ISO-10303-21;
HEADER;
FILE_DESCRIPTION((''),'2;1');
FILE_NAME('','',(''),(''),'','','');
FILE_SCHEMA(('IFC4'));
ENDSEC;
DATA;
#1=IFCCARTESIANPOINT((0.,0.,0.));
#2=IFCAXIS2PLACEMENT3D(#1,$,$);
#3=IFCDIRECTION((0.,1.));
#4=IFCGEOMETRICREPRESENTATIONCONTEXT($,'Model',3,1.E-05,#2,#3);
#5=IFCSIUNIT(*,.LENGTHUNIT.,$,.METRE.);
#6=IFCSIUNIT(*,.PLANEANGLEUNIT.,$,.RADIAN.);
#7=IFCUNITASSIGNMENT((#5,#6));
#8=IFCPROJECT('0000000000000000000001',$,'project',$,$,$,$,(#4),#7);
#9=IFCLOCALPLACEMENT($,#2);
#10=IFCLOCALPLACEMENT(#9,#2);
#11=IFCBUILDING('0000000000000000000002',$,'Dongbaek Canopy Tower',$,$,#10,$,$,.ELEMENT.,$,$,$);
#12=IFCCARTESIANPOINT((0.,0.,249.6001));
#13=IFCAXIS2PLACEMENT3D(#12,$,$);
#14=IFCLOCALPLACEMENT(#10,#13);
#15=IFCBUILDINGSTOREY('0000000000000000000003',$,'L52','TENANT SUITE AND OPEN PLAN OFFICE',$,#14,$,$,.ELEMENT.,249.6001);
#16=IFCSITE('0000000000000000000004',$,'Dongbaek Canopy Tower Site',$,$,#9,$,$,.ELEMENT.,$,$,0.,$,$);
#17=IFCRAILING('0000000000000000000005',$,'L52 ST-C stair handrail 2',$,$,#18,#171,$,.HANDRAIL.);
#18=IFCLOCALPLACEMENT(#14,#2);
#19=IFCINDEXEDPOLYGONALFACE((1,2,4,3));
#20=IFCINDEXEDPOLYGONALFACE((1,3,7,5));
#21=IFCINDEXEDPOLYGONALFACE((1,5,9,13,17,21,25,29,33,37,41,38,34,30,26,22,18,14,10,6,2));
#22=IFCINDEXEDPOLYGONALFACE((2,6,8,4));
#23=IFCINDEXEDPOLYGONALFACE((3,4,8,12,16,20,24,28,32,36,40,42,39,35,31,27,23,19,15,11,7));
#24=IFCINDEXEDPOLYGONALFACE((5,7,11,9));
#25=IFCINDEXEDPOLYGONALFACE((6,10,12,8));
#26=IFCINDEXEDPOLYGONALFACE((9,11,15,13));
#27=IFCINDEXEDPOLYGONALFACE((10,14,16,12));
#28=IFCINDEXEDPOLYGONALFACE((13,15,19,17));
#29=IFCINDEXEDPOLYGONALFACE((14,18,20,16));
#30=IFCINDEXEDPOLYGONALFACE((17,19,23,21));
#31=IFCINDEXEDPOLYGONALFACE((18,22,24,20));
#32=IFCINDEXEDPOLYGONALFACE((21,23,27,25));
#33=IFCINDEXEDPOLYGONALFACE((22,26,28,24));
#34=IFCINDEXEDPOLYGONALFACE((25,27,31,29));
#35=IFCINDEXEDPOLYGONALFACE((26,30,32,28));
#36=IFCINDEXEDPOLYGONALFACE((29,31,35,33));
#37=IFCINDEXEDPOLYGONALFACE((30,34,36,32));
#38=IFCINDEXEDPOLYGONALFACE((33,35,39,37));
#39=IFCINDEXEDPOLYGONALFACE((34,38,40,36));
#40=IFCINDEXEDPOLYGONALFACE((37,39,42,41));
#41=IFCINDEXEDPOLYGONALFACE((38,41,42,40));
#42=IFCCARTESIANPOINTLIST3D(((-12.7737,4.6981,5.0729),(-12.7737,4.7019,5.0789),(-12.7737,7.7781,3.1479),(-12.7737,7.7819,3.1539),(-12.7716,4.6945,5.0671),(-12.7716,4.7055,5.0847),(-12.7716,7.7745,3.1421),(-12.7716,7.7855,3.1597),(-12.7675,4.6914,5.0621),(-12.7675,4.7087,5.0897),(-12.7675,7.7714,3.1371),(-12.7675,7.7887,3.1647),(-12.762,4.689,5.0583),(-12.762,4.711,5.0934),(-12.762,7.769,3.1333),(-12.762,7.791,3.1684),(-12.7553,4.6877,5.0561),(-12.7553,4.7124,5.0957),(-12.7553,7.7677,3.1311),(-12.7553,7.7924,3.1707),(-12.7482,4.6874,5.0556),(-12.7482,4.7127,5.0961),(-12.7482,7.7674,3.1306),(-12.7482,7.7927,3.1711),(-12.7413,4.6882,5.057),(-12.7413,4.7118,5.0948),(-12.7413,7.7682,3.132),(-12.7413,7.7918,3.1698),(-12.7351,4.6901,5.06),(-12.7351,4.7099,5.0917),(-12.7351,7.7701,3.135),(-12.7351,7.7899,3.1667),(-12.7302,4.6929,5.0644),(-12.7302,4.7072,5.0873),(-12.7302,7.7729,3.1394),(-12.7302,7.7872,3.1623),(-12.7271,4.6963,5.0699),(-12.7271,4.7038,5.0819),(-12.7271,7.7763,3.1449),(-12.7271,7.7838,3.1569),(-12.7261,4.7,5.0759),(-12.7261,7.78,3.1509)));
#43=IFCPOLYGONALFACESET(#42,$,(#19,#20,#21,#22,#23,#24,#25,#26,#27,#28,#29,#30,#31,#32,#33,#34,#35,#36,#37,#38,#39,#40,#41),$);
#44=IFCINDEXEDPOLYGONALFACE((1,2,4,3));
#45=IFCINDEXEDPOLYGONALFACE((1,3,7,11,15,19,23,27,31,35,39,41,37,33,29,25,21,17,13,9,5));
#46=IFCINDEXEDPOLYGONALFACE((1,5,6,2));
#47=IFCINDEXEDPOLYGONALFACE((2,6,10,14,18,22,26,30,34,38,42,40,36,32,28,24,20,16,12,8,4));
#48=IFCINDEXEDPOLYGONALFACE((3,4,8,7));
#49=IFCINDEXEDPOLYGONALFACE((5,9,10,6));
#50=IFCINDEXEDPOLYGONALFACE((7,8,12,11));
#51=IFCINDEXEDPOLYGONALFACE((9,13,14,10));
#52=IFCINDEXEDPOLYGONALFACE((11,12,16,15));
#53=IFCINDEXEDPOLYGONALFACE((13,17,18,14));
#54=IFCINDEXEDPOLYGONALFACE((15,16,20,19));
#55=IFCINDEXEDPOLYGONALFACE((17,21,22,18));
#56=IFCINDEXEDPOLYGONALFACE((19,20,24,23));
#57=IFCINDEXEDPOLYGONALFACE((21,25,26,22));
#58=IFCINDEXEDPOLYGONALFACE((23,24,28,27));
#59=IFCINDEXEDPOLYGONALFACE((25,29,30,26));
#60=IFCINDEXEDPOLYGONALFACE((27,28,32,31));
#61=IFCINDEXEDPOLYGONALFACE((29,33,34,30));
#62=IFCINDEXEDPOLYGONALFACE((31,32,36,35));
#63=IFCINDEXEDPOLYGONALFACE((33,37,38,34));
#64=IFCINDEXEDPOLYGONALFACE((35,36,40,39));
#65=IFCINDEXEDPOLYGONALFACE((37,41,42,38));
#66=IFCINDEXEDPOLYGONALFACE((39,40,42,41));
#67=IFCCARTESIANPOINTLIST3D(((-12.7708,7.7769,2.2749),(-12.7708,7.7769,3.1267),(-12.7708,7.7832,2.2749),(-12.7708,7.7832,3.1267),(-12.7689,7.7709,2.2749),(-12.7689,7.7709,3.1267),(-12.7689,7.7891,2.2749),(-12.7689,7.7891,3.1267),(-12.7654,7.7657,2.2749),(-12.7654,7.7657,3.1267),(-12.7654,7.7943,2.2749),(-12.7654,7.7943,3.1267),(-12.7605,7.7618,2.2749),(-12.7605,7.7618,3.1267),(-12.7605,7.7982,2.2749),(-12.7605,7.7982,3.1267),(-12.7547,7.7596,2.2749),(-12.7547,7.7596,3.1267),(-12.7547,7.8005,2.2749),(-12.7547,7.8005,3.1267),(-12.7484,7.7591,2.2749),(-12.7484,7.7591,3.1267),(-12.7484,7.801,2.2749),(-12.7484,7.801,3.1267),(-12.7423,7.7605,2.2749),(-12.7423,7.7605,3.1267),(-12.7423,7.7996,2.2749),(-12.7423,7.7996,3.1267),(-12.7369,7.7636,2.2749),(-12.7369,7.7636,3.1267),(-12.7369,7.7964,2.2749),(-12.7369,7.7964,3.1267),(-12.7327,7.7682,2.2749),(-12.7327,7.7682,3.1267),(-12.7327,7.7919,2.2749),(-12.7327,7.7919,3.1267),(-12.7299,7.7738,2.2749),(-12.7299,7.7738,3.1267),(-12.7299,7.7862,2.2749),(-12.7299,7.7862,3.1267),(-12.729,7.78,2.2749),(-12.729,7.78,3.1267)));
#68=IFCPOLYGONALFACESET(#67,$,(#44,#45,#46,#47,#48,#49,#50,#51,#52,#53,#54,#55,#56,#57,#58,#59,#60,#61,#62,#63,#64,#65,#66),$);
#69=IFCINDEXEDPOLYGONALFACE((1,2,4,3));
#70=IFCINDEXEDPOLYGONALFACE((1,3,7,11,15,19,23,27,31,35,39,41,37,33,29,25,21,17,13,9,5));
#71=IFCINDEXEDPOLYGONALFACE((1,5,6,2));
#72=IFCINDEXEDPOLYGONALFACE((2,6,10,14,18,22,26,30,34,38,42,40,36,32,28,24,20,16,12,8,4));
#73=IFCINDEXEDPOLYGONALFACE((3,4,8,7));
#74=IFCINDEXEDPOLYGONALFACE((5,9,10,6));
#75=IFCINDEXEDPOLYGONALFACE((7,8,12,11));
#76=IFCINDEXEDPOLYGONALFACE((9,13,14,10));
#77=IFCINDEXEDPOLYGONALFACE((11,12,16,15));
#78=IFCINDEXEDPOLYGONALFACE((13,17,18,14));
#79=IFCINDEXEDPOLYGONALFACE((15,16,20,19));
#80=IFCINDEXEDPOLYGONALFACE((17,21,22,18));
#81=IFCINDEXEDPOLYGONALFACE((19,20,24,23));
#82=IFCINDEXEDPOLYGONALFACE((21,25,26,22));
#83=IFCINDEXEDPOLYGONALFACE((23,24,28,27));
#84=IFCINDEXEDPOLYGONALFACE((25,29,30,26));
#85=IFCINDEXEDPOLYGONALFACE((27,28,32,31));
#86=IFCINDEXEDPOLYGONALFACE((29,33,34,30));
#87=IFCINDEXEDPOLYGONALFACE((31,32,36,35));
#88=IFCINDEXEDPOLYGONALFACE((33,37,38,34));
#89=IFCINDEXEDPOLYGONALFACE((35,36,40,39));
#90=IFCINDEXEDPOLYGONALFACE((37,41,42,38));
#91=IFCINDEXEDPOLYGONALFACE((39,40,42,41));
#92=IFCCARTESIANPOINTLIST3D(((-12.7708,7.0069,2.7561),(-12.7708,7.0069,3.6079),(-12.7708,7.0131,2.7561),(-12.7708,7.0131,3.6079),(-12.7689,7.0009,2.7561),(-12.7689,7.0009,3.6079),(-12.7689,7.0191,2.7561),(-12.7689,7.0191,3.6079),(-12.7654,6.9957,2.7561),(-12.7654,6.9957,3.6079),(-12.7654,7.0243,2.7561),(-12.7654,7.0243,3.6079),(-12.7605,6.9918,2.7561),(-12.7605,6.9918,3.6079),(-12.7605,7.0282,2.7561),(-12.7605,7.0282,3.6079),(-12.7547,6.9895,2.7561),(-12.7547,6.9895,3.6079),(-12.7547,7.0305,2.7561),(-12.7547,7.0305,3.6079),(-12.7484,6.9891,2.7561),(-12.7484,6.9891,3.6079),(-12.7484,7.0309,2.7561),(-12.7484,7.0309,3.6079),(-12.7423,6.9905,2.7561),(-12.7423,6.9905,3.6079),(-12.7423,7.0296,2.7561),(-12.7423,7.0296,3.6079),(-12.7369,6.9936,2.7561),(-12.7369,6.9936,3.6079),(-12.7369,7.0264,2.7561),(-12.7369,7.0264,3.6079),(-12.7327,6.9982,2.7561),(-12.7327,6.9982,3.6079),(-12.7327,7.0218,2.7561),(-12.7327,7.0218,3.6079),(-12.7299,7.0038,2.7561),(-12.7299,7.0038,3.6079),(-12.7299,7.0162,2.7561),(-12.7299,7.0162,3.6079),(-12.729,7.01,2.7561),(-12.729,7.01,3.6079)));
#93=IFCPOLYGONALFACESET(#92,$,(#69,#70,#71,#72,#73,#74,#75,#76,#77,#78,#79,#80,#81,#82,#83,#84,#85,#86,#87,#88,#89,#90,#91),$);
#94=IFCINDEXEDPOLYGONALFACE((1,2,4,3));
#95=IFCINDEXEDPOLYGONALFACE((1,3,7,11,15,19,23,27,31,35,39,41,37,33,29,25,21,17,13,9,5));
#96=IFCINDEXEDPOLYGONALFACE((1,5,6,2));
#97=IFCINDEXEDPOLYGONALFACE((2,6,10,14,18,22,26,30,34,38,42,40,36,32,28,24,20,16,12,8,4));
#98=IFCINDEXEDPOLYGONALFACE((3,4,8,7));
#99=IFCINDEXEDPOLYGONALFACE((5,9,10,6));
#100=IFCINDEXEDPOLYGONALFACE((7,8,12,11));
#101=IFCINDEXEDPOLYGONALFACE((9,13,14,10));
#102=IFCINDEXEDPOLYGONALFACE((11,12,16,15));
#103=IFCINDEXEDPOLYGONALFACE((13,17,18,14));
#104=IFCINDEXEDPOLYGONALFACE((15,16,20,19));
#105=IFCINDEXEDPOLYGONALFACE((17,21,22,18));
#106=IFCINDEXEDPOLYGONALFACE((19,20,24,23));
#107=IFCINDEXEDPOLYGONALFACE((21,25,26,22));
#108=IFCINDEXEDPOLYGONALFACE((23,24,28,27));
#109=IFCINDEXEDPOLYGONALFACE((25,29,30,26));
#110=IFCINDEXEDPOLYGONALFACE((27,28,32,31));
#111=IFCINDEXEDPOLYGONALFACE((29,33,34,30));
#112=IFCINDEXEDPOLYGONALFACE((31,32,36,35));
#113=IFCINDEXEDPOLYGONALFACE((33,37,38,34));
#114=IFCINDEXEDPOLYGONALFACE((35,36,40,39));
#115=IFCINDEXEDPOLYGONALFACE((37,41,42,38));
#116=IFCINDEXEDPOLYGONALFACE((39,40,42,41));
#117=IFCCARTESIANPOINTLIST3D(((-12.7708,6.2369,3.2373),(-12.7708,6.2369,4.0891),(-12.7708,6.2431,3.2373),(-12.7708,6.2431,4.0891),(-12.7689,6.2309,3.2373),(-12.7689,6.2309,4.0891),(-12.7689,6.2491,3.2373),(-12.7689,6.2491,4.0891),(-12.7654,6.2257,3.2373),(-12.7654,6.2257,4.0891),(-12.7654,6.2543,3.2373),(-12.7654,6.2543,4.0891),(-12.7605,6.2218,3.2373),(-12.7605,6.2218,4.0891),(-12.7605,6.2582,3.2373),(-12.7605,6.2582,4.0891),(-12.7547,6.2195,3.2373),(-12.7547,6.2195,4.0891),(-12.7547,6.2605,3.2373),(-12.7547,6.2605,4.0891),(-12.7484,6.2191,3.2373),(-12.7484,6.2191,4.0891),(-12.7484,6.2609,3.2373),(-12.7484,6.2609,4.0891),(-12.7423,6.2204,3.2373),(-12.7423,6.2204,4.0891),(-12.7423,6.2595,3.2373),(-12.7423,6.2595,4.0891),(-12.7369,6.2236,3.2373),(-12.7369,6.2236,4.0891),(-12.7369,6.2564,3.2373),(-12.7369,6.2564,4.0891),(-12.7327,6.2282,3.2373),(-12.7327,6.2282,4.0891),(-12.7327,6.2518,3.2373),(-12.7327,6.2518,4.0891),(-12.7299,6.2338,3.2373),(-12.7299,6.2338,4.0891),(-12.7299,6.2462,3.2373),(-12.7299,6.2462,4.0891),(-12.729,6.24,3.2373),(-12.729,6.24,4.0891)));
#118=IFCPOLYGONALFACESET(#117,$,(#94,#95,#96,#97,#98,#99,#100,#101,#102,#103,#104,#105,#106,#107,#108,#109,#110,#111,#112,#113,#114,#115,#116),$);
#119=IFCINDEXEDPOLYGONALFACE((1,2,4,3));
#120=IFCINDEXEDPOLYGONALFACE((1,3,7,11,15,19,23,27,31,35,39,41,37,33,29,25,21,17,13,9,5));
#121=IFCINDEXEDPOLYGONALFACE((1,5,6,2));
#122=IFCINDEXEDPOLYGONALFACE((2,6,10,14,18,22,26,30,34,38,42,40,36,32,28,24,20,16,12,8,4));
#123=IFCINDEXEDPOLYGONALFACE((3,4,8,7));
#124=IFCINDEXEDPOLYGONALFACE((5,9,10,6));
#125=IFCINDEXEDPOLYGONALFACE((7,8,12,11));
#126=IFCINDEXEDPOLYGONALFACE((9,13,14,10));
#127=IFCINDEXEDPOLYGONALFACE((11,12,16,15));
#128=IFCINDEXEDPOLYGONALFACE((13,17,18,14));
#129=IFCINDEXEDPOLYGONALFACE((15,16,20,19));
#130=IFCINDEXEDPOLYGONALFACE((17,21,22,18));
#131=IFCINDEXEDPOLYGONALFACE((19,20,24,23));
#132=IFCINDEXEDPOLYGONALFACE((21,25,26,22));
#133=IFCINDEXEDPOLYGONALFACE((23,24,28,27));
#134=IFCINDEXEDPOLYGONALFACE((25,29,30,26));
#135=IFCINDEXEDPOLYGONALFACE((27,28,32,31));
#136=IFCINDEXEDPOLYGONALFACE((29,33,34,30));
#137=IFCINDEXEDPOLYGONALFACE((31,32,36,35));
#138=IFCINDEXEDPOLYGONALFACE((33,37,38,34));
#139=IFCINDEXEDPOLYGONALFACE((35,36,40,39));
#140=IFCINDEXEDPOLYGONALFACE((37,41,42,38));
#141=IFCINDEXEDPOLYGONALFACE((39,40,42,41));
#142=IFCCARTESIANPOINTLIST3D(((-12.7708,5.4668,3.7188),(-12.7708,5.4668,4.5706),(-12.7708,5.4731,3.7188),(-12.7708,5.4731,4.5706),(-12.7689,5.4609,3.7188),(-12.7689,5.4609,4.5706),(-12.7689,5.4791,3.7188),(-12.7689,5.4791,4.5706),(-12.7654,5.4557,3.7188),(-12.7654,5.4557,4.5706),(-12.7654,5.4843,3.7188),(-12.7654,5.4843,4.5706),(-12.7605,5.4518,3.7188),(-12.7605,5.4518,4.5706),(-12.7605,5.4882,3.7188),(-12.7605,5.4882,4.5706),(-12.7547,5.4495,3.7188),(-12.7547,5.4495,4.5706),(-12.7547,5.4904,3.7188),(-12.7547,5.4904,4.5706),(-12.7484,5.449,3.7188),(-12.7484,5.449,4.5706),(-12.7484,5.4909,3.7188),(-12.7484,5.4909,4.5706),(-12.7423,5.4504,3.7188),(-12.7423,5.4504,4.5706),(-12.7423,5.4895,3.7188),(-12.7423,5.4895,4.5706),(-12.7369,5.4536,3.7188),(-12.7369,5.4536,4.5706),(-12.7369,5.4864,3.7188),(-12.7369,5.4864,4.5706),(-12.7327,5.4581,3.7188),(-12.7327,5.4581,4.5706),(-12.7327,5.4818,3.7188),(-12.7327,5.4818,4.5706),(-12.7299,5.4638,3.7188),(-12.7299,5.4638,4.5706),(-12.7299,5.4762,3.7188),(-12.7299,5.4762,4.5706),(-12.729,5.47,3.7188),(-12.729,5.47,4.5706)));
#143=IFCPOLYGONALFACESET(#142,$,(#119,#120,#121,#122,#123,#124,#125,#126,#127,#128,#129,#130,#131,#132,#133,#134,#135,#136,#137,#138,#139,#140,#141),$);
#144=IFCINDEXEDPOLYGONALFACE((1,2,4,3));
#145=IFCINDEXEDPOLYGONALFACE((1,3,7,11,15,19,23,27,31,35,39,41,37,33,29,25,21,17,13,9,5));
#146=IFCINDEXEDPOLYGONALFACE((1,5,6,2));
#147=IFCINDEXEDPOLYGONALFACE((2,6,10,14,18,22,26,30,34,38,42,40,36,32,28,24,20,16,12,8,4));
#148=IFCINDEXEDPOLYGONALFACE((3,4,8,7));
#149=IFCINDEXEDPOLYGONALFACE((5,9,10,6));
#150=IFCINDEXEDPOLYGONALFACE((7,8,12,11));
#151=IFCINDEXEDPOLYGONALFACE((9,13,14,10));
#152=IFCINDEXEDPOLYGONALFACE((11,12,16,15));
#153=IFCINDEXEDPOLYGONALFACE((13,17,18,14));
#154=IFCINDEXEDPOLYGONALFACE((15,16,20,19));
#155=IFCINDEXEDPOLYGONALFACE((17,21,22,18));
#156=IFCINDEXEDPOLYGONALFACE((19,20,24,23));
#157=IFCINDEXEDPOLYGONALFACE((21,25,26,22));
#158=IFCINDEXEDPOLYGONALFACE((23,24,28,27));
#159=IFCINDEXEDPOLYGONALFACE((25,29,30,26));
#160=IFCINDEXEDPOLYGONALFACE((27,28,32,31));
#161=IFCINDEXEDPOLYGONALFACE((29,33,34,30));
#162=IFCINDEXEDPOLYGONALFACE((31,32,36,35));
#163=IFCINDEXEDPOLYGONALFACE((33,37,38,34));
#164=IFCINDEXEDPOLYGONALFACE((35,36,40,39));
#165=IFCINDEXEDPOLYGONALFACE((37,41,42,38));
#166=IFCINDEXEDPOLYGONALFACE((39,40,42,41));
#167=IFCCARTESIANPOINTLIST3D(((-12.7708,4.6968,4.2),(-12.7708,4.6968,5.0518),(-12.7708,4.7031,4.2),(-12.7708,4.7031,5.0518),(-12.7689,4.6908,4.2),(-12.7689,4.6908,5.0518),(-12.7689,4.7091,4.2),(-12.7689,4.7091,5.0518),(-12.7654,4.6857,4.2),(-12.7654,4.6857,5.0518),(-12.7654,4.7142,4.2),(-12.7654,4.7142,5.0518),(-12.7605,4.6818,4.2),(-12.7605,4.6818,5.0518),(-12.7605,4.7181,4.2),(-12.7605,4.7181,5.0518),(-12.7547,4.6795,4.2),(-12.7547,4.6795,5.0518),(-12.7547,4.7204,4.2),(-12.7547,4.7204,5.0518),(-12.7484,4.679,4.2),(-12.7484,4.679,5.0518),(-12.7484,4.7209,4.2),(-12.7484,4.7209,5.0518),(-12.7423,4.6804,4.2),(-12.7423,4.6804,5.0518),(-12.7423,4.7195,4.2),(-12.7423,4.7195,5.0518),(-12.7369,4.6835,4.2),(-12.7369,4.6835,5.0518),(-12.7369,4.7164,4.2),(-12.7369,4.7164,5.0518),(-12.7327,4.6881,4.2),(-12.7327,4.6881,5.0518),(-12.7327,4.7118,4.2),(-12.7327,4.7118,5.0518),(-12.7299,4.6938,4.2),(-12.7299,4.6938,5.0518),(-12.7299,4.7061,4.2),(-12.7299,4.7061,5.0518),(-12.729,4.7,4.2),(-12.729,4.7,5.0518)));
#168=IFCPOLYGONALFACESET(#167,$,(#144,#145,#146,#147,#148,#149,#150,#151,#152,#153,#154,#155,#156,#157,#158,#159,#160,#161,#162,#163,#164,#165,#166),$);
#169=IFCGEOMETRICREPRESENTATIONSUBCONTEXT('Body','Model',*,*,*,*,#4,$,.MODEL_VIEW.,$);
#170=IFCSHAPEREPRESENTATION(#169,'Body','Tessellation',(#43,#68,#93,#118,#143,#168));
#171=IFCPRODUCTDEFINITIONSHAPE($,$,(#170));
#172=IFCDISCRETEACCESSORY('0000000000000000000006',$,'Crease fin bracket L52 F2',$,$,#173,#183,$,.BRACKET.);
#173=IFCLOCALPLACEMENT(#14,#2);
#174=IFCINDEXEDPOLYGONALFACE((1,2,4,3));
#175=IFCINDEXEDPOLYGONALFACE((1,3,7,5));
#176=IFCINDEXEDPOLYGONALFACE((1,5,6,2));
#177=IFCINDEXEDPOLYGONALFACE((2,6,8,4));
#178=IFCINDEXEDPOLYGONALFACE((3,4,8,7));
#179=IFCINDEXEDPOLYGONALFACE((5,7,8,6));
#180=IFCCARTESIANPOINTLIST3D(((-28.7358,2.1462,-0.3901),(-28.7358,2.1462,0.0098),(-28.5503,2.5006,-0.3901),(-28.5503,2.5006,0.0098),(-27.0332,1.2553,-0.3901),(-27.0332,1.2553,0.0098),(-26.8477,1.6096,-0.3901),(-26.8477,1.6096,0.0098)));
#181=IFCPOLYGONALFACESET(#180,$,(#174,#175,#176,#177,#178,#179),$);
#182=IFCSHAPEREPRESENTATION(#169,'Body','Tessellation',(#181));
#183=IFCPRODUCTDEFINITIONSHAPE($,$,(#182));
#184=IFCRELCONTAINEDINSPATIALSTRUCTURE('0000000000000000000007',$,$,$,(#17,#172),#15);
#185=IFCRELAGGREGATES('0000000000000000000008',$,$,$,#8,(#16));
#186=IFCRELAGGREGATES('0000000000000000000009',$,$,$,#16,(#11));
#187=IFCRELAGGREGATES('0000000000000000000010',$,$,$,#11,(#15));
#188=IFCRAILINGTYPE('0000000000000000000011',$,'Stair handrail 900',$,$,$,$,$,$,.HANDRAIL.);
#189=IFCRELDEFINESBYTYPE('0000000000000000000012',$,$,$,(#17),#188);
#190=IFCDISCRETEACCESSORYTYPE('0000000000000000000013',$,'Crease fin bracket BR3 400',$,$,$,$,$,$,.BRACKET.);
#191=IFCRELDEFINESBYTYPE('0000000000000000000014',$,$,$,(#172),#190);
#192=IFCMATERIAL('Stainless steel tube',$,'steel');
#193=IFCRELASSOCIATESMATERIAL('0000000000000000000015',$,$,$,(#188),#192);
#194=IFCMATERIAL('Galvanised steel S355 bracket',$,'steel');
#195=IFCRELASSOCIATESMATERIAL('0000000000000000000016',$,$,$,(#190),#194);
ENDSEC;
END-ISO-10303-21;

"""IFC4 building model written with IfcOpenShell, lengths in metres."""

from ifc_helpers import new_model, si_unit, direction, frame, origin, origin_2d, place, context, subcontext, project, spatial, rectangle, circle, extrude, material, type_object, element, save


model = new_model("IFC4")

# Units and contexts
model_context = context("Model", 3, precision=1e-05, world=origin(), true_north=direction((0.0, 1.0)))
body_context = subcontext(model_context, "Body", "Model", "MODEL_VIEW")
ifc_project = project(units=[si_unit("LENGTHUNIT", "METRE"), si_unit("PLANEANGLEUNIT", "RADIAN")], contexts=[model_context])

# Site, building, storey
site_placement = place(None, origin())
site = spatial("IfcSite", under=ifc_project, at=site_placement, Name="Dongbaek Canopy Tower Site", CompositionType="ELEMENT", RefElevation=0.0)
building_placement = place(site_placement, origin())
building = spatial("IfcBuilding", under=site, at=building_placement, Name="Dongbaek Canopy Tower", CompositionType="ELEMENT")
storey_placement = place(building_placement, frame((0.0, 0.0, 249.6001)))
storey = spatial("IfcBuildingStorey", under=building, at=storey_placement, Name="L52", Description="TENANT SUITE AND OPEN PLAN OFFICE", CompositionType="ELEMENT", Elevation=249.6001)

# Railing
ifc_material_1 = material(Name="Stainless steel tube", Category="steel")
railing_type_1 = type_object("IfcRailingType", Name="Stair handrail 900", PredefinedType="HANDRAIL", material=ifc_material_1)
railing_1_placement = place(storey_placement, frame((-12.75, 7.78, 2.2749)))
element("IfcRailing", 1, at=railing_1_placement, inside=storey, type_object=railing_type_1, Name="L52 ST-C stair handrail 2", PredefinedType="HANDRAIL", context=body_context, shape_type="SweptSolid", body=[
    extrude(circle(Radius=0.0239, at=origin_2d()), frame((0.0, 0.0, 0.876), z_axis=(0.0, -0.847998, 0.529999), x_axis=(1.0, 0.0, 0.0)), (0.0, 0.0, 1.0), 3.6321),
    extrude(circle(Radius=0.021, at=origin_2d()), origin(), (0.0, 0.0, 1.0), 0.8518),
    extrude(circle(Radius=0.021, at=origin_2d()), frame((0.0, -0.77, 0.4812)), (0.0, 0.0, 1.0), 0.8518),
    extrude(circle(Radius=0.021, at=origin_2d()), frame((0.0, -1.54, 0.9624)), (0.0, 0.0, 1.0), 0.8518),
    extrude(circle(Radius=0.021, at=origin_2d()), frame((0.0, -2.3101, 1.4438)), (0.0, 0.0, 1.0), 0.8518),
    extrude(circle(Radius=0.021, at=origin_2d()), frame((0.0, -3.0801, 1.925)), (0.0, 0.0, 1.0), 0.8518),
])

# Discrete accessory
ifc_material_2 = material(Name="Galvanised steel S355 bracket", Category="steel")
discrete_accessory_type = type_object("IfcDiscreteAccessoryType", Name="Crease fin bracket BR3 400", PredefinedType="BRACKET", material=ifc_material_2)
discrete_accessory_placement = place(storey_placement, frame((-27.7917, 1.8779, -0.3901), z_axis=(0.0, 0.0, 1.0), x_axis=(-0.886019, 0.463649, 0.0)))
element("IfcDiscreteAccessory", 2, at=discrete_accessory_placement, inside=storey, type_object=discrete_accessory_type, Name="Crease fin bracket L52 F2", PredefinedType="BRACKET", context=body_context, shape_type="SweptSolid", body=[
    extrude(rectangle(XDim=1.9216, YDim=0.3999, at=origin_2d()), origin(), (0.0, 0.0, 1.0), 0.3999),
])

save(model, "model.ifc")
